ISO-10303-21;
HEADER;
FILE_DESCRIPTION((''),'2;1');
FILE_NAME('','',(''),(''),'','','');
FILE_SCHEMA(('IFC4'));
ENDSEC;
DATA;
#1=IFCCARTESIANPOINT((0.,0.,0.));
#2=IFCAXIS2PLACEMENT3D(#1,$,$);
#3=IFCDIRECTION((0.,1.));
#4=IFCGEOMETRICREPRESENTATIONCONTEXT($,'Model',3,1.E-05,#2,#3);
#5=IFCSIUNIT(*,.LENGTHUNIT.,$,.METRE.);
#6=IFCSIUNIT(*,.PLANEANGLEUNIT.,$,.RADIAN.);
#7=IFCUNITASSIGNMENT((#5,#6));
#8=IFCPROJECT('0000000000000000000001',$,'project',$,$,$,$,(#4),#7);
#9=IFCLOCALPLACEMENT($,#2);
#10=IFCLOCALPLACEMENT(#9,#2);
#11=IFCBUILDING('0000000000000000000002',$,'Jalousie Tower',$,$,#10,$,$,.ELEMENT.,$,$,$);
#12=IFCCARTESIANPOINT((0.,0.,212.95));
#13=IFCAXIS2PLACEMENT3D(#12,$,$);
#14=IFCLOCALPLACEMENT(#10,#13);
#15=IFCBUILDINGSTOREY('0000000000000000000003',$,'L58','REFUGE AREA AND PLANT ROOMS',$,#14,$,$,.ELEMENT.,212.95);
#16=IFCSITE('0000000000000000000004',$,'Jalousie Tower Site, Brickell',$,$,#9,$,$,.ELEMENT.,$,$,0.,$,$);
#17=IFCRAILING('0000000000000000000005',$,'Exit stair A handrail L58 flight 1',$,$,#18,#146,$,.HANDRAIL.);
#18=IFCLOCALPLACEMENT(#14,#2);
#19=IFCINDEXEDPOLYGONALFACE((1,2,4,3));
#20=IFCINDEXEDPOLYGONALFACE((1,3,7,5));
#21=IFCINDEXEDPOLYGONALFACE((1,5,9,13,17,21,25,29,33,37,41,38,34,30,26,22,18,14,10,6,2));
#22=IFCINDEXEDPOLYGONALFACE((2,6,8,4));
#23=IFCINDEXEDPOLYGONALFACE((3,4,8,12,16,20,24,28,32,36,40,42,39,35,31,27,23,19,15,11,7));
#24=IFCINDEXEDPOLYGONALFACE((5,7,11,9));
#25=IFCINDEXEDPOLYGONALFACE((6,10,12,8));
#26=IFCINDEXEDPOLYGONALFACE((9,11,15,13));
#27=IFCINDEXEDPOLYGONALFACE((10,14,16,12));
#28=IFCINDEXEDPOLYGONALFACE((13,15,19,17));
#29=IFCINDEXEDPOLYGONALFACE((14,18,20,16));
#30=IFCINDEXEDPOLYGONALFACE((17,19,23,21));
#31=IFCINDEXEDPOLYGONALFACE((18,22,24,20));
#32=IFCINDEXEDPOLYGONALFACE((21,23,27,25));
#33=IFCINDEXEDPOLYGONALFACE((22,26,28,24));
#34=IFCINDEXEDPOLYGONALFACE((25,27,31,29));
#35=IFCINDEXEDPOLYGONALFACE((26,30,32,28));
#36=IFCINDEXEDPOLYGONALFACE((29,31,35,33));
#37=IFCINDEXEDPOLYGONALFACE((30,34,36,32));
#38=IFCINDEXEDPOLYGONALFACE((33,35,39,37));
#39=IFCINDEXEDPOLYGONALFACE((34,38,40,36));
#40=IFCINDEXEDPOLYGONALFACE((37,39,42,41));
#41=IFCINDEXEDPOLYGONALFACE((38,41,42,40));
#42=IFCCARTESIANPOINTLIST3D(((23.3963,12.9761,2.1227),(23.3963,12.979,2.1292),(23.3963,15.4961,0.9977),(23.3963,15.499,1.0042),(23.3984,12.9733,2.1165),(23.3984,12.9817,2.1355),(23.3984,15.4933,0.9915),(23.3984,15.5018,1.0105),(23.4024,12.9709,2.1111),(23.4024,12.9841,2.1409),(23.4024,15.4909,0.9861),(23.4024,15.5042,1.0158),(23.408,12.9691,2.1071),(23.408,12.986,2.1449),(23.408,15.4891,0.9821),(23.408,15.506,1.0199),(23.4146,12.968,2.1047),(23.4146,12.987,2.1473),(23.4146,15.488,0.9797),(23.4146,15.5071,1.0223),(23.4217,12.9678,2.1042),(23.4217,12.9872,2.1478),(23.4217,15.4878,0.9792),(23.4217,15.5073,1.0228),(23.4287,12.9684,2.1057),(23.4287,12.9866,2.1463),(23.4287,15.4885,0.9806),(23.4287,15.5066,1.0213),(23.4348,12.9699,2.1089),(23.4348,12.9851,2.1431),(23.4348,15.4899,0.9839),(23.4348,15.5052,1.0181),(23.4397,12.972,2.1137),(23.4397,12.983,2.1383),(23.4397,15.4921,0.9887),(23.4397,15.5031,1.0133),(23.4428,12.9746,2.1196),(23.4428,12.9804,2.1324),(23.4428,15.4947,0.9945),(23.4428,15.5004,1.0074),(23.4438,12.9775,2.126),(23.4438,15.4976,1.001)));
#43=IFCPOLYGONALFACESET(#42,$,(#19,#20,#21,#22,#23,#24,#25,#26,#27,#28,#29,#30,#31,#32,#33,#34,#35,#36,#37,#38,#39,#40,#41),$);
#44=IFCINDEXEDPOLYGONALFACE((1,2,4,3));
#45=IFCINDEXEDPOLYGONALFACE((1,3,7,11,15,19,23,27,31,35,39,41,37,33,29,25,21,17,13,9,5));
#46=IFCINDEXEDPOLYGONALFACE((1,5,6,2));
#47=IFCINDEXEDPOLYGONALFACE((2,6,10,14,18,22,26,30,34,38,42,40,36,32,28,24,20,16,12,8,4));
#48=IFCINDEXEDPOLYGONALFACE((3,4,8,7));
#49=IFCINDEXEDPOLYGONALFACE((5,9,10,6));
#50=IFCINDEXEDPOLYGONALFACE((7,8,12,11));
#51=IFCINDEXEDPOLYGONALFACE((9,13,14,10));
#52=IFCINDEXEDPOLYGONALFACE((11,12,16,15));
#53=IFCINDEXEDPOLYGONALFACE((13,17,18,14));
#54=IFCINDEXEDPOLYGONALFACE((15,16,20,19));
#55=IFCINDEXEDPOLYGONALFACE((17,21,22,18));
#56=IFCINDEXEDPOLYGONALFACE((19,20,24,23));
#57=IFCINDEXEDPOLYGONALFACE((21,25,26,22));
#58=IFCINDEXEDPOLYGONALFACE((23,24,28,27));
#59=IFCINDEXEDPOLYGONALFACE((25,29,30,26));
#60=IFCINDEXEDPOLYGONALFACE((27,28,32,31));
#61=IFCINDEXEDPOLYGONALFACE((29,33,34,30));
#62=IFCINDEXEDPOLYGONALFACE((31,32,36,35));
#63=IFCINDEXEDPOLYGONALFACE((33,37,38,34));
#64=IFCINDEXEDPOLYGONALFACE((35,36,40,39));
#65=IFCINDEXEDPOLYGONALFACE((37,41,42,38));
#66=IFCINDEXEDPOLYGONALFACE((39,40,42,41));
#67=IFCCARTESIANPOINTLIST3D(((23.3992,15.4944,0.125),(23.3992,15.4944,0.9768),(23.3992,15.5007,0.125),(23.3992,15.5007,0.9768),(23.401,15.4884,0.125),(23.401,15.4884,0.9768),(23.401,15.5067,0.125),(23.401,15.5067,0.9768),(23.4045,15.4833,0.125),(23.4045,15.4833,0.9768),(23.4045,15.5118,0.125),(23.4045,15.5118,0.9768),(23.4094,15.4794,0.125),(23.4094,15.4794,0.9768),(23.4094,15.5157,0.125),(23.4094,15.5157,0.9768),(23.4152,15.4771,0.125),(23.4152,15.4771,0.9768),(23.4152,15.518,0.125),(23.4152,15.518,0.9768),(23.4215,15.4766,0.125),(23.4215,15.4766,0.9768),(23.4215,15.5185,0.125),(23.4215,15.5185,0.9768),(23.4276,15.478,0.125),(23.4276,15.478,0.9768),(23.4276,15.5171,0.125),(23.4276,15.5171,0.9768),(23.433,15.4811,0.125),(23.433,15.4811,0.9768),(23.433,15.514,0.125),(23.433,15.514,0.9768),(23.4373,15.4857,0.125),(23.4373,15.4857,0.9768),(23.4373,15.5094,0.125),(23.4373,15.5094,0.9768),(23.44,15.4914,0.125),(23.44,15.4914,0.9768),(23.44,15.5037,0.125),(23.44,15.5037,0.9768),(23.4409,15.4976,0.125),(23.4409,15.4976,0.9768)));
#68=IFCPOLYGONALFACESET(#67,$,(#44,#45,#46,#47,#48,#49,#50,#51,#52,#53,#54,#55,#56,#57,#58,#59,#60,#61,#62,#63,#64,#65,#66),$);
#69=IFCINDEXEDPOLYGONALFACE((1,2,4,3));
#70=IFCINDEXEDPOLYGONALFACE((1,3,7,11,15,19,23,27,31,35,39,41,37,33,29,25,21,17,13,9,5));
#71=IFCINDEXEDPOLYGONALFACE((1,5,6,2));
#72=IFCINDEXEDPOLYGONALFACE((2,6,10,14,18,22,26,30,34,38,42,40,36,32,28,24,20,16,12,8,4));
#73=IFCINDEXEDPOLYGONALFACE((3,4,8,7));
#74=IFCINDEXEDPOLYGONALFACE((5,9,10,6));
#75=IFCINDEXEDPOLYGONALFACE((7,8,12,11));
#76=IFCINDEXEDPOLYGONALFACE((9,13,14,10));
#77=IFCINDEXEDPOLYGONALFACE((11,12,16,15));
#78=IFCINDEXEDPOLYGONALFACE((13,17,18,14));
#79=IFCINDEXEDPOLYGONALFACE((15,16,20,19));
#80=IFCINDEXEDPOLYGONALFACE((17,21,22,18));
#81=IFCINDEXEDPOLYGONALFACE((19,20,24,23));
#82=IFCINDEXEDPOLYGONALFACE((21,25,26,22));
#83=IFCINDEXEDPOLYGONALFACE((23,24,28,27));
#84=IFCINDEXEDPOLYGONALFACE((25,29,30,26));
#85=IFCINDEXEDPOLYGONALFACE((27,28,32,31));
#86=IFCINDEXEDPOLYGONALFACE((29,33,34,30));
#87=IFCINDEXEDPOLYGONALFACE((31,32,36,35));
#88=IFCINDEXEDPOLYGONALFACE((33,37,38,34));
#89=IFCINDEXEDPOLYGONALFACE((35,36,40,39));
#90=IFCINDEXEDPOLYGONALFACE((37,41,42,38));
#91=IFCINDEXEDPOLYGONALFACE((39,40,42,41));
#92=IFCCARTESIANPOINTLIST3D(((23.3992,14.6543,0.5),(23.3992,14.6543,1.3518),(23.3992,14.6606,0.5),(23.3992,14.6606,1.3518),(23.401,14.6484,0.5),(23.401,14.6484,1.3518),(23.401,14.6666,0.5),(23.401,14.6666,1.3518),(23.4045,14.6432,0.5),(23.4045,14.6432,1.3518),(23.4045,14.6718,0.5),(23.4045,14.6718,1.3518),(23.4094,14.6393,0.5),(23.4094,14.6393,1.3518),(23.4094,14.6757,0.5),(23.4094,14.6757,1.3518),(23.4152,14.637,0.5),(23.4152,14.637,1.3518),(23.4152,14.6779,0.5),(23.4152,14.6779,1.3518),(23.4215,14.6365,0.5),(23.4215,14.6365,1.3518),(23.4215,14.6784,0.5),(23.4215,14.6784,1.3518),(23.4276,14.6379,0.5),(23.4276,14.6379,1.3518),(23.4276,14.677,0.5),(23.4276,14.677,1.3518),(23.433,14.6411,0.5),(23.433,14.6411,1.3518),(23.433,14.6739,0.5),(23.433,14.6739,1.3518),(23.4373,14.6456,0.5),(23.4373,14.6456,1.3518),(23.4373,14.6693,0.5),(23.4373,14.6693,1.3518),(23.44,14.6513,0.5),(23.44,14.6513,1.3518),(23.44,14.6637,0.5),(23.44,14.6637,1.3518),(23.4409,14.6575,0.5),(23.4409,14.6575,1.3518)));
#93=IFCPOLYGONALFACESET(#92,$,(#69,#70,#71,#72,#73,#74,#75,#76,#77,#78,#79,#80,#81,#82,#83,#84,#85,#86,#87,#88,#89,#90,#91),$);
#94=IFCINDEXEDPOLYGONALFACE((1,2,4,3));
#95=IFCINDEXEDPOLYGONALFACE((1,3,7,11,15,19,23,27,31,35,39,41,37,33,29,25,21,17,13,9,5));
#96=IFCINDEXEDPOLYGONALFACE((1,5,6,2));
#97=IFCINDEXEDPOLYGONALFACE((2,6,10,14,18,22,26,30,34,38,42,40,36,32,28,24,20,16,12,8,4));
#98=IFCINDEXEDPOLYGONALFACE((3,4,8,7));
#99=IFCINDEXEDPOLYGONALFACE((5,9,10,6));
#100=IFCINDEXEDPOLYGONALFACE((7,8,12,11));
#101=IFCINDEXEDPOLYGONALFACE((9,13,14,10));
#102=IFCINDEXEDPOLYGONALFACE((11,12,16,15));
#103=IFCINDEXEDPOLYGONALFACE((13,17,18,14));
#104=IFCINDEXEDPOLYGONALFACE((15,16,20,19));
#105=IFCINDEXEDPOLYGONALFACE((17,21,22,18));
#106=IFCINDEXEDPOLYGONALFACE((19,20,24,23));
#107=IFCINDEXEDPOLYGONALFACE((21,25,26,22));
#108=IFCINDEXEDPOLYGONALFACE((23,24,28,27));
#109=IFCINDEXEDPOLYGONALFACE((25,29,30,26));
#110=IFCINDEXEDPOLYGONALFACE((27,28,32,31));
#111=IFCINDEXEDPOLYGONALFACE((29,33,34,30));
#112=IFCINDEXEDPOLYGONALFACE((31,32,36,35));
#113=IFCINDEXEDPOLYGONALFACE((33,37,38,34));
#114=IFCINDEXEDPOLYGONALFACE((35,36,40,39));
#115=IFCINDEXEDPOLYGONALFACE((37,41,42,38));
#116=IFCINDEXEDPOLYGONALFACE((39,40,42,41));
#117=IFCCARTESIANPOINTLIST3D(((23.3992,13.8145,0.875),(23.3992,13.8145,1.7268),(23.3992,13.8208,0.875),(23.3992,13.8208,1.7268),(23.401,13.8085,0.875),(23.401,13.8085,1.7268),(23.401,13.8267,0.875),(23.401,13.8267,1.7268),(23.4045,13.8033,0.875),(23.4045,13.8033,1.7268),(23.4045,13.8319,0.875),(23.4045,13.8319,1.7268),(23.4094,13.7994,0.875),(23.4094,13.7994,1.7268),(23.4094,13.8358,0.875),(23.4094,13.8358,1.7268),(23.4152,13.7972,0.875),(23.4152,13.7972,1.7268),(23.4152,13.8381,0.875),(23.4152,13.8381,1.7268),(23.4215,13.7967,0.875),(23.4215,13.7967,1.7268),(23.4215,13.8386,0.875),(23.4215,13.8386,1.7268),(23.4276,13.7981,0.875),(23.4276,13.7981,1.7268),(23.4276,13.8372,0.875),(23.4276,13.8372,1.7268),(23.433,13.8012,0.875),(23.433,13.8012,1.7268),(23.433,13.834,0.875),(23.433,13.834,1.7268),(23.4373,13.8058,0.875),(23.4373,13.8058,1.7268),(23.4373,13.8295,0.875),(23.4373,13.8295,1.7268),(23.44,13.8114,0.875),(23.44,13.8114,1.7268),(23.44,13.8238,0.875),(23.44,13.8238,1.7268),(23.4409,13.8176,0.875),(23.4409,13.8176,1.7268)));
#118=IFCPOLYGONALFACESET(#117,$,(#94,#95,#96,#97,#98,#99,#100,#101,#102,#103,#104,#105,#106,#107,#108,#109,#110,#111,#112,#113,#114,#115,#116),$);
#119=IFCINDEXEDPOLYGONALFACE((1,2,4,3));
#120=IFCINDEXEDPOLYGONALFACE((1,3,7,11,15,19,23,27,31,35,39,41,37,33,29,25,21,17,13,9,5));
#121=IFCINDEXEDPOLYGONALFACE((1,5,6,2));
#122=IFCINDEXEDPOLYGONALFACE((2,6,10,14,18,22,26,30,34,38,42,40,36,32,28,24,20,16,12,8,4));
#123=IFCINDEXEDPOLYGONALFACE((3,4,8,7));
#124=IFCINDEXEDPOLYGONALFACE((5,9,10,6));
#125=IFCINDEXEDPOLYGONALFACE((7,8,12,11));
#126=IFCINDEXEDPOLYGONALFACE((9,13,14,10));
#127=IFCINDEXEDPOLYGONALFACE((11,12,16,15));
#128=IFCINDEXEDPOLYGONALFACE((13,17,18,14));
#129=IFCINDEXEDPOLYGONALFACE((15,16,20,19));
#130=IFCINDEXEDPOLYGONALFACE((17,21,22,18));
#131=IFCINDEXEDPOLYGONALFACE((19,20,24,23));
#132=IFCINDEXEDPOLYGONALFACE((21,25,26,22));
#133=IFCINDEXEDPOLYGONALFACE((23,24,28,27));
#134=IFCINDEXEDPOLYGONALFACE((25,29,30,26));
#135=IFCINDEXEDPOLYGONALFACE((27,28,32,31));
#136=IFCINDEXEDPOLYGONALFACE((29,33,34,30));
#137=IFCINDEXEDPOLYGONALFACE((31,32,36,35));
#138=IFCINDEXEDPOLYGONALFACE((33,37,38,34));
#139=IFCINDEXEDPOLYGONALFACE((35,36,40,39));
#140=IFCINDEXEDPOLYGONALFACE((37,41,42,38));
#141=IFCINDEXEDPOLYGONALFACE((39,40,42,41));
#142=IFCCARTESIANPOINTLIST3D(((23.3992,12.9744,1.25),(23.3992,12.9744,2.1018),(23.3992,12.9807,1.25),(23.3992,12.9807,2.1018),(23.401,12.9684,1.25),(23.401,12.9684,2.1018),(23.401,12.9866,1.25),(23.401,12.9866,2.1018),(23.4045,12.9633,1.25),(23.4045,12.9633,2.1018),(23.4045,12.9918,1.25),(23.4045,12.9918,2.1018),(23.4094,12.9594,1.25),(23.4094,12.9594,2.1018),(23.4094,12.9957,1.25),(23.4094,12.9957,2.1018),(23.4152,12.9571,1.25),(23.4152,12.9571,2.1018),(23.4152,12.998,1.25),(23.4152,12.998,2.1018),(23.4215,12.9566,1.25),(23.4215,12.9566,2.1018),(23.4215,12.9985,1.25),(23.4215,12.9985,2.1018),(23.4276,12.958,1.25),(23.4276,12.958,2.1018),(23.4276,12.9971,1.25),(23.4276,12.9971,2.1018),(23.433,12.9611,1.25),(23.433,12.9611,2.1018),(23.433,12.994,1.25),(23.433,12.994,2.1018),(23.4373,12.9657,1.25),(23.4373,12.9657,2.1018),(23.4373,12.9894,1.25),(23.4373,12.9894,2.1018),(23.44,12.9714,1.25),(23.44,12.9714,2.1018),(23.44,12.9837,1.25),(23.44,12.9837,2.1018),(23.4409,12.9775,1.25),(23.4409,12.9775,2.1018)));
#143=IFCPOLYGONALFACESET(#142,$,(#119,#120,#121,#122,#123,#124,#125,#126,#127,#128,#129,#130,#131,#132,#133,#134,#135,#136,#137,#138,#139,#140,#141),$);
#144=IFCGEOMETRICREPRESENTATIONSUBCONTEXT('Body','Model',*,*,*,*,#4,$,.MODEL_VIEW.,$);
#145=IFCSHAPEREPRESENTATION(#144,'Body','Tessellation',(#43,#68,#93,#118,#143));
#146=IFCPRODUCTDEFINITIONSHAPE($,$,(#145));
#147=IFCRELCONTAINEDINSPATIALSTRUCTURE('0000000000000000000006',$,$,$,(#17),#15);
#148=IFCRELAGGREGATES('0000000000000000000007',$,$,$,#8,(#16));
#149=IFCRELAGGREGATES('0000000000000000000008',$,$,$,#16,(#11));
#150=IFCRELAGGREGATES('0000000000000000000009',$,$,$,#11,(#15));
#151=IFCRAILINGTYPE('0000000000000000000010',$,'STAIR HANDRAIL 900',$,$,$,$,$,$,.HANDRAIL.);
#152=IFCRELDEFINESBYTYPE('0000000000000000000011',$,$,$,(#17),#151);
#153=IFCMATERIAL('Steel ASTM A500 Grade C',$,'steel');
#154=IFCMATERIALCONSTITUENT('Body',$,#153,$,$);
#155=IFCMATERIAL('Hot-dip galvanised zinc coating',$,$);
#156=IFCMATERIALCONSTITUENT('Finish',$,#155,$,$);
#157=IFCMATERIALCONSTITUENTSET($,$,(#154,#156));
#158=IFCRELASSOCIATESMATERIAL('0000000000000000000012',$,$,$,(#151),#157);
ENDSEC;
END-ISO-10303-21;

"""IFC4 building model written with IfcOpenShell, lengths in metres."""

from ifc_helpers import new_model, si_unit, direction, frame, origin, origin_2d, place, context, subcontext, project, spatial, circle, extrude, material, constituent, constituent_set, type_object, element, save


model = new_model("IFC4")

# Units and contexts
model_context = context("Model", 3, precision=1e-05, world=origin(), true_north=direction((0.0, 1.0)))
body_context = subcontext(model_context, "Body", "Model", "MODEL_VIEW")
ifc_project = project(units=[si_unit("LENGTHUNIT", "METRE"), si_unit("PLANEANGLEUNIT", "RADIAN")], contexts=[model_context])

# Site, building, storey
site_placement = place(None, origin())
site = spatial("IfcSite", under=ifc_project, at=site_placement, Name="Jalousie Tower Site, Brickell", CompositionType="ELEMENT", RefElevation=0.0)
building_placement = place(site_placement, origin())
building = spatial("IfcBuilding", under=site, at=building_placement, Name="Jalousie Tower", CompositionType="ELEMENT")
storey_placement = place(building_placement, frame((0.0, 0.0, 212.95)))
storey = spatial("IfcBuildingStorey", under=building, at=storey_placement, Name="L58", Description="REFUGE AREA AND PLANT ROOMS", CompositionType="ELEMENT", Elevation=212.95)

# Railing
ifc_material_1 = material(Name="Steel ASTM A500 Grade C", Category="steel")
ifc_constituent_1 = constituent(ifc_material_1, Name="Body")
ifc_material_2 = material(Name="Hot-dip galvanised zinc coating")
ifc_constituent_2 = constituent(ifc_material_2, Name="Finish")
ifc_constituent_set_1 = constituent_set(constituents=[ifc_constituent_1, ifc_constituent_2])
railing_type_1 = type_object("IfcRailingType", Name="STAIR HANDRAIL 900", PredefinedType="HANDRAIL", material=ifc_constituent_set_1)
for number, where, name in (
    (1, (23.4199, 15.4976, 0.125), "Exit stair A handrail L58 flight 1"),
):
    element("IfcRailing", number, at=place(storey_placement, frame(where)), inside=storey, type_object=railing_type_1, Name=name, PredefinedType="HANDRAIL", context=body_context, shape_type="SweptSolid", body=[
        extrude(circle(Radius=0.0239, at=origin_2d()), frame((0.0, 0.0, 0.876), z_axis=(0.0, -0.913139, 0.407648), x_axis=(1.0, 0.0, 0.0)), (0.0, 0.0, 1.0), 2.7598),
        extrude(circle(Radius=0.021, at=origin_2d()), origin(), (0.0, 0.0, 1.0), 0.8518),
        extrude(circle(Radius=0.021, at=origin_2d()), frame((0.0, -0.8401, 0.375)), (0.0, 0.0, 1.0), 0.8518),
        extrude(circle(Radius=0.021, at=origin_2d()), frame((0.0, -1.6799, 0.75)), (0.0, 0.0, 1.0), 0.8518),
        extrude(circle(Radius=0.021, at=origin_2d()), frame((0.0, -2.52, 1.125)), (0.0, 0.0, 1.0), 0.8518),
    ])

save(model, "model.ifc")
